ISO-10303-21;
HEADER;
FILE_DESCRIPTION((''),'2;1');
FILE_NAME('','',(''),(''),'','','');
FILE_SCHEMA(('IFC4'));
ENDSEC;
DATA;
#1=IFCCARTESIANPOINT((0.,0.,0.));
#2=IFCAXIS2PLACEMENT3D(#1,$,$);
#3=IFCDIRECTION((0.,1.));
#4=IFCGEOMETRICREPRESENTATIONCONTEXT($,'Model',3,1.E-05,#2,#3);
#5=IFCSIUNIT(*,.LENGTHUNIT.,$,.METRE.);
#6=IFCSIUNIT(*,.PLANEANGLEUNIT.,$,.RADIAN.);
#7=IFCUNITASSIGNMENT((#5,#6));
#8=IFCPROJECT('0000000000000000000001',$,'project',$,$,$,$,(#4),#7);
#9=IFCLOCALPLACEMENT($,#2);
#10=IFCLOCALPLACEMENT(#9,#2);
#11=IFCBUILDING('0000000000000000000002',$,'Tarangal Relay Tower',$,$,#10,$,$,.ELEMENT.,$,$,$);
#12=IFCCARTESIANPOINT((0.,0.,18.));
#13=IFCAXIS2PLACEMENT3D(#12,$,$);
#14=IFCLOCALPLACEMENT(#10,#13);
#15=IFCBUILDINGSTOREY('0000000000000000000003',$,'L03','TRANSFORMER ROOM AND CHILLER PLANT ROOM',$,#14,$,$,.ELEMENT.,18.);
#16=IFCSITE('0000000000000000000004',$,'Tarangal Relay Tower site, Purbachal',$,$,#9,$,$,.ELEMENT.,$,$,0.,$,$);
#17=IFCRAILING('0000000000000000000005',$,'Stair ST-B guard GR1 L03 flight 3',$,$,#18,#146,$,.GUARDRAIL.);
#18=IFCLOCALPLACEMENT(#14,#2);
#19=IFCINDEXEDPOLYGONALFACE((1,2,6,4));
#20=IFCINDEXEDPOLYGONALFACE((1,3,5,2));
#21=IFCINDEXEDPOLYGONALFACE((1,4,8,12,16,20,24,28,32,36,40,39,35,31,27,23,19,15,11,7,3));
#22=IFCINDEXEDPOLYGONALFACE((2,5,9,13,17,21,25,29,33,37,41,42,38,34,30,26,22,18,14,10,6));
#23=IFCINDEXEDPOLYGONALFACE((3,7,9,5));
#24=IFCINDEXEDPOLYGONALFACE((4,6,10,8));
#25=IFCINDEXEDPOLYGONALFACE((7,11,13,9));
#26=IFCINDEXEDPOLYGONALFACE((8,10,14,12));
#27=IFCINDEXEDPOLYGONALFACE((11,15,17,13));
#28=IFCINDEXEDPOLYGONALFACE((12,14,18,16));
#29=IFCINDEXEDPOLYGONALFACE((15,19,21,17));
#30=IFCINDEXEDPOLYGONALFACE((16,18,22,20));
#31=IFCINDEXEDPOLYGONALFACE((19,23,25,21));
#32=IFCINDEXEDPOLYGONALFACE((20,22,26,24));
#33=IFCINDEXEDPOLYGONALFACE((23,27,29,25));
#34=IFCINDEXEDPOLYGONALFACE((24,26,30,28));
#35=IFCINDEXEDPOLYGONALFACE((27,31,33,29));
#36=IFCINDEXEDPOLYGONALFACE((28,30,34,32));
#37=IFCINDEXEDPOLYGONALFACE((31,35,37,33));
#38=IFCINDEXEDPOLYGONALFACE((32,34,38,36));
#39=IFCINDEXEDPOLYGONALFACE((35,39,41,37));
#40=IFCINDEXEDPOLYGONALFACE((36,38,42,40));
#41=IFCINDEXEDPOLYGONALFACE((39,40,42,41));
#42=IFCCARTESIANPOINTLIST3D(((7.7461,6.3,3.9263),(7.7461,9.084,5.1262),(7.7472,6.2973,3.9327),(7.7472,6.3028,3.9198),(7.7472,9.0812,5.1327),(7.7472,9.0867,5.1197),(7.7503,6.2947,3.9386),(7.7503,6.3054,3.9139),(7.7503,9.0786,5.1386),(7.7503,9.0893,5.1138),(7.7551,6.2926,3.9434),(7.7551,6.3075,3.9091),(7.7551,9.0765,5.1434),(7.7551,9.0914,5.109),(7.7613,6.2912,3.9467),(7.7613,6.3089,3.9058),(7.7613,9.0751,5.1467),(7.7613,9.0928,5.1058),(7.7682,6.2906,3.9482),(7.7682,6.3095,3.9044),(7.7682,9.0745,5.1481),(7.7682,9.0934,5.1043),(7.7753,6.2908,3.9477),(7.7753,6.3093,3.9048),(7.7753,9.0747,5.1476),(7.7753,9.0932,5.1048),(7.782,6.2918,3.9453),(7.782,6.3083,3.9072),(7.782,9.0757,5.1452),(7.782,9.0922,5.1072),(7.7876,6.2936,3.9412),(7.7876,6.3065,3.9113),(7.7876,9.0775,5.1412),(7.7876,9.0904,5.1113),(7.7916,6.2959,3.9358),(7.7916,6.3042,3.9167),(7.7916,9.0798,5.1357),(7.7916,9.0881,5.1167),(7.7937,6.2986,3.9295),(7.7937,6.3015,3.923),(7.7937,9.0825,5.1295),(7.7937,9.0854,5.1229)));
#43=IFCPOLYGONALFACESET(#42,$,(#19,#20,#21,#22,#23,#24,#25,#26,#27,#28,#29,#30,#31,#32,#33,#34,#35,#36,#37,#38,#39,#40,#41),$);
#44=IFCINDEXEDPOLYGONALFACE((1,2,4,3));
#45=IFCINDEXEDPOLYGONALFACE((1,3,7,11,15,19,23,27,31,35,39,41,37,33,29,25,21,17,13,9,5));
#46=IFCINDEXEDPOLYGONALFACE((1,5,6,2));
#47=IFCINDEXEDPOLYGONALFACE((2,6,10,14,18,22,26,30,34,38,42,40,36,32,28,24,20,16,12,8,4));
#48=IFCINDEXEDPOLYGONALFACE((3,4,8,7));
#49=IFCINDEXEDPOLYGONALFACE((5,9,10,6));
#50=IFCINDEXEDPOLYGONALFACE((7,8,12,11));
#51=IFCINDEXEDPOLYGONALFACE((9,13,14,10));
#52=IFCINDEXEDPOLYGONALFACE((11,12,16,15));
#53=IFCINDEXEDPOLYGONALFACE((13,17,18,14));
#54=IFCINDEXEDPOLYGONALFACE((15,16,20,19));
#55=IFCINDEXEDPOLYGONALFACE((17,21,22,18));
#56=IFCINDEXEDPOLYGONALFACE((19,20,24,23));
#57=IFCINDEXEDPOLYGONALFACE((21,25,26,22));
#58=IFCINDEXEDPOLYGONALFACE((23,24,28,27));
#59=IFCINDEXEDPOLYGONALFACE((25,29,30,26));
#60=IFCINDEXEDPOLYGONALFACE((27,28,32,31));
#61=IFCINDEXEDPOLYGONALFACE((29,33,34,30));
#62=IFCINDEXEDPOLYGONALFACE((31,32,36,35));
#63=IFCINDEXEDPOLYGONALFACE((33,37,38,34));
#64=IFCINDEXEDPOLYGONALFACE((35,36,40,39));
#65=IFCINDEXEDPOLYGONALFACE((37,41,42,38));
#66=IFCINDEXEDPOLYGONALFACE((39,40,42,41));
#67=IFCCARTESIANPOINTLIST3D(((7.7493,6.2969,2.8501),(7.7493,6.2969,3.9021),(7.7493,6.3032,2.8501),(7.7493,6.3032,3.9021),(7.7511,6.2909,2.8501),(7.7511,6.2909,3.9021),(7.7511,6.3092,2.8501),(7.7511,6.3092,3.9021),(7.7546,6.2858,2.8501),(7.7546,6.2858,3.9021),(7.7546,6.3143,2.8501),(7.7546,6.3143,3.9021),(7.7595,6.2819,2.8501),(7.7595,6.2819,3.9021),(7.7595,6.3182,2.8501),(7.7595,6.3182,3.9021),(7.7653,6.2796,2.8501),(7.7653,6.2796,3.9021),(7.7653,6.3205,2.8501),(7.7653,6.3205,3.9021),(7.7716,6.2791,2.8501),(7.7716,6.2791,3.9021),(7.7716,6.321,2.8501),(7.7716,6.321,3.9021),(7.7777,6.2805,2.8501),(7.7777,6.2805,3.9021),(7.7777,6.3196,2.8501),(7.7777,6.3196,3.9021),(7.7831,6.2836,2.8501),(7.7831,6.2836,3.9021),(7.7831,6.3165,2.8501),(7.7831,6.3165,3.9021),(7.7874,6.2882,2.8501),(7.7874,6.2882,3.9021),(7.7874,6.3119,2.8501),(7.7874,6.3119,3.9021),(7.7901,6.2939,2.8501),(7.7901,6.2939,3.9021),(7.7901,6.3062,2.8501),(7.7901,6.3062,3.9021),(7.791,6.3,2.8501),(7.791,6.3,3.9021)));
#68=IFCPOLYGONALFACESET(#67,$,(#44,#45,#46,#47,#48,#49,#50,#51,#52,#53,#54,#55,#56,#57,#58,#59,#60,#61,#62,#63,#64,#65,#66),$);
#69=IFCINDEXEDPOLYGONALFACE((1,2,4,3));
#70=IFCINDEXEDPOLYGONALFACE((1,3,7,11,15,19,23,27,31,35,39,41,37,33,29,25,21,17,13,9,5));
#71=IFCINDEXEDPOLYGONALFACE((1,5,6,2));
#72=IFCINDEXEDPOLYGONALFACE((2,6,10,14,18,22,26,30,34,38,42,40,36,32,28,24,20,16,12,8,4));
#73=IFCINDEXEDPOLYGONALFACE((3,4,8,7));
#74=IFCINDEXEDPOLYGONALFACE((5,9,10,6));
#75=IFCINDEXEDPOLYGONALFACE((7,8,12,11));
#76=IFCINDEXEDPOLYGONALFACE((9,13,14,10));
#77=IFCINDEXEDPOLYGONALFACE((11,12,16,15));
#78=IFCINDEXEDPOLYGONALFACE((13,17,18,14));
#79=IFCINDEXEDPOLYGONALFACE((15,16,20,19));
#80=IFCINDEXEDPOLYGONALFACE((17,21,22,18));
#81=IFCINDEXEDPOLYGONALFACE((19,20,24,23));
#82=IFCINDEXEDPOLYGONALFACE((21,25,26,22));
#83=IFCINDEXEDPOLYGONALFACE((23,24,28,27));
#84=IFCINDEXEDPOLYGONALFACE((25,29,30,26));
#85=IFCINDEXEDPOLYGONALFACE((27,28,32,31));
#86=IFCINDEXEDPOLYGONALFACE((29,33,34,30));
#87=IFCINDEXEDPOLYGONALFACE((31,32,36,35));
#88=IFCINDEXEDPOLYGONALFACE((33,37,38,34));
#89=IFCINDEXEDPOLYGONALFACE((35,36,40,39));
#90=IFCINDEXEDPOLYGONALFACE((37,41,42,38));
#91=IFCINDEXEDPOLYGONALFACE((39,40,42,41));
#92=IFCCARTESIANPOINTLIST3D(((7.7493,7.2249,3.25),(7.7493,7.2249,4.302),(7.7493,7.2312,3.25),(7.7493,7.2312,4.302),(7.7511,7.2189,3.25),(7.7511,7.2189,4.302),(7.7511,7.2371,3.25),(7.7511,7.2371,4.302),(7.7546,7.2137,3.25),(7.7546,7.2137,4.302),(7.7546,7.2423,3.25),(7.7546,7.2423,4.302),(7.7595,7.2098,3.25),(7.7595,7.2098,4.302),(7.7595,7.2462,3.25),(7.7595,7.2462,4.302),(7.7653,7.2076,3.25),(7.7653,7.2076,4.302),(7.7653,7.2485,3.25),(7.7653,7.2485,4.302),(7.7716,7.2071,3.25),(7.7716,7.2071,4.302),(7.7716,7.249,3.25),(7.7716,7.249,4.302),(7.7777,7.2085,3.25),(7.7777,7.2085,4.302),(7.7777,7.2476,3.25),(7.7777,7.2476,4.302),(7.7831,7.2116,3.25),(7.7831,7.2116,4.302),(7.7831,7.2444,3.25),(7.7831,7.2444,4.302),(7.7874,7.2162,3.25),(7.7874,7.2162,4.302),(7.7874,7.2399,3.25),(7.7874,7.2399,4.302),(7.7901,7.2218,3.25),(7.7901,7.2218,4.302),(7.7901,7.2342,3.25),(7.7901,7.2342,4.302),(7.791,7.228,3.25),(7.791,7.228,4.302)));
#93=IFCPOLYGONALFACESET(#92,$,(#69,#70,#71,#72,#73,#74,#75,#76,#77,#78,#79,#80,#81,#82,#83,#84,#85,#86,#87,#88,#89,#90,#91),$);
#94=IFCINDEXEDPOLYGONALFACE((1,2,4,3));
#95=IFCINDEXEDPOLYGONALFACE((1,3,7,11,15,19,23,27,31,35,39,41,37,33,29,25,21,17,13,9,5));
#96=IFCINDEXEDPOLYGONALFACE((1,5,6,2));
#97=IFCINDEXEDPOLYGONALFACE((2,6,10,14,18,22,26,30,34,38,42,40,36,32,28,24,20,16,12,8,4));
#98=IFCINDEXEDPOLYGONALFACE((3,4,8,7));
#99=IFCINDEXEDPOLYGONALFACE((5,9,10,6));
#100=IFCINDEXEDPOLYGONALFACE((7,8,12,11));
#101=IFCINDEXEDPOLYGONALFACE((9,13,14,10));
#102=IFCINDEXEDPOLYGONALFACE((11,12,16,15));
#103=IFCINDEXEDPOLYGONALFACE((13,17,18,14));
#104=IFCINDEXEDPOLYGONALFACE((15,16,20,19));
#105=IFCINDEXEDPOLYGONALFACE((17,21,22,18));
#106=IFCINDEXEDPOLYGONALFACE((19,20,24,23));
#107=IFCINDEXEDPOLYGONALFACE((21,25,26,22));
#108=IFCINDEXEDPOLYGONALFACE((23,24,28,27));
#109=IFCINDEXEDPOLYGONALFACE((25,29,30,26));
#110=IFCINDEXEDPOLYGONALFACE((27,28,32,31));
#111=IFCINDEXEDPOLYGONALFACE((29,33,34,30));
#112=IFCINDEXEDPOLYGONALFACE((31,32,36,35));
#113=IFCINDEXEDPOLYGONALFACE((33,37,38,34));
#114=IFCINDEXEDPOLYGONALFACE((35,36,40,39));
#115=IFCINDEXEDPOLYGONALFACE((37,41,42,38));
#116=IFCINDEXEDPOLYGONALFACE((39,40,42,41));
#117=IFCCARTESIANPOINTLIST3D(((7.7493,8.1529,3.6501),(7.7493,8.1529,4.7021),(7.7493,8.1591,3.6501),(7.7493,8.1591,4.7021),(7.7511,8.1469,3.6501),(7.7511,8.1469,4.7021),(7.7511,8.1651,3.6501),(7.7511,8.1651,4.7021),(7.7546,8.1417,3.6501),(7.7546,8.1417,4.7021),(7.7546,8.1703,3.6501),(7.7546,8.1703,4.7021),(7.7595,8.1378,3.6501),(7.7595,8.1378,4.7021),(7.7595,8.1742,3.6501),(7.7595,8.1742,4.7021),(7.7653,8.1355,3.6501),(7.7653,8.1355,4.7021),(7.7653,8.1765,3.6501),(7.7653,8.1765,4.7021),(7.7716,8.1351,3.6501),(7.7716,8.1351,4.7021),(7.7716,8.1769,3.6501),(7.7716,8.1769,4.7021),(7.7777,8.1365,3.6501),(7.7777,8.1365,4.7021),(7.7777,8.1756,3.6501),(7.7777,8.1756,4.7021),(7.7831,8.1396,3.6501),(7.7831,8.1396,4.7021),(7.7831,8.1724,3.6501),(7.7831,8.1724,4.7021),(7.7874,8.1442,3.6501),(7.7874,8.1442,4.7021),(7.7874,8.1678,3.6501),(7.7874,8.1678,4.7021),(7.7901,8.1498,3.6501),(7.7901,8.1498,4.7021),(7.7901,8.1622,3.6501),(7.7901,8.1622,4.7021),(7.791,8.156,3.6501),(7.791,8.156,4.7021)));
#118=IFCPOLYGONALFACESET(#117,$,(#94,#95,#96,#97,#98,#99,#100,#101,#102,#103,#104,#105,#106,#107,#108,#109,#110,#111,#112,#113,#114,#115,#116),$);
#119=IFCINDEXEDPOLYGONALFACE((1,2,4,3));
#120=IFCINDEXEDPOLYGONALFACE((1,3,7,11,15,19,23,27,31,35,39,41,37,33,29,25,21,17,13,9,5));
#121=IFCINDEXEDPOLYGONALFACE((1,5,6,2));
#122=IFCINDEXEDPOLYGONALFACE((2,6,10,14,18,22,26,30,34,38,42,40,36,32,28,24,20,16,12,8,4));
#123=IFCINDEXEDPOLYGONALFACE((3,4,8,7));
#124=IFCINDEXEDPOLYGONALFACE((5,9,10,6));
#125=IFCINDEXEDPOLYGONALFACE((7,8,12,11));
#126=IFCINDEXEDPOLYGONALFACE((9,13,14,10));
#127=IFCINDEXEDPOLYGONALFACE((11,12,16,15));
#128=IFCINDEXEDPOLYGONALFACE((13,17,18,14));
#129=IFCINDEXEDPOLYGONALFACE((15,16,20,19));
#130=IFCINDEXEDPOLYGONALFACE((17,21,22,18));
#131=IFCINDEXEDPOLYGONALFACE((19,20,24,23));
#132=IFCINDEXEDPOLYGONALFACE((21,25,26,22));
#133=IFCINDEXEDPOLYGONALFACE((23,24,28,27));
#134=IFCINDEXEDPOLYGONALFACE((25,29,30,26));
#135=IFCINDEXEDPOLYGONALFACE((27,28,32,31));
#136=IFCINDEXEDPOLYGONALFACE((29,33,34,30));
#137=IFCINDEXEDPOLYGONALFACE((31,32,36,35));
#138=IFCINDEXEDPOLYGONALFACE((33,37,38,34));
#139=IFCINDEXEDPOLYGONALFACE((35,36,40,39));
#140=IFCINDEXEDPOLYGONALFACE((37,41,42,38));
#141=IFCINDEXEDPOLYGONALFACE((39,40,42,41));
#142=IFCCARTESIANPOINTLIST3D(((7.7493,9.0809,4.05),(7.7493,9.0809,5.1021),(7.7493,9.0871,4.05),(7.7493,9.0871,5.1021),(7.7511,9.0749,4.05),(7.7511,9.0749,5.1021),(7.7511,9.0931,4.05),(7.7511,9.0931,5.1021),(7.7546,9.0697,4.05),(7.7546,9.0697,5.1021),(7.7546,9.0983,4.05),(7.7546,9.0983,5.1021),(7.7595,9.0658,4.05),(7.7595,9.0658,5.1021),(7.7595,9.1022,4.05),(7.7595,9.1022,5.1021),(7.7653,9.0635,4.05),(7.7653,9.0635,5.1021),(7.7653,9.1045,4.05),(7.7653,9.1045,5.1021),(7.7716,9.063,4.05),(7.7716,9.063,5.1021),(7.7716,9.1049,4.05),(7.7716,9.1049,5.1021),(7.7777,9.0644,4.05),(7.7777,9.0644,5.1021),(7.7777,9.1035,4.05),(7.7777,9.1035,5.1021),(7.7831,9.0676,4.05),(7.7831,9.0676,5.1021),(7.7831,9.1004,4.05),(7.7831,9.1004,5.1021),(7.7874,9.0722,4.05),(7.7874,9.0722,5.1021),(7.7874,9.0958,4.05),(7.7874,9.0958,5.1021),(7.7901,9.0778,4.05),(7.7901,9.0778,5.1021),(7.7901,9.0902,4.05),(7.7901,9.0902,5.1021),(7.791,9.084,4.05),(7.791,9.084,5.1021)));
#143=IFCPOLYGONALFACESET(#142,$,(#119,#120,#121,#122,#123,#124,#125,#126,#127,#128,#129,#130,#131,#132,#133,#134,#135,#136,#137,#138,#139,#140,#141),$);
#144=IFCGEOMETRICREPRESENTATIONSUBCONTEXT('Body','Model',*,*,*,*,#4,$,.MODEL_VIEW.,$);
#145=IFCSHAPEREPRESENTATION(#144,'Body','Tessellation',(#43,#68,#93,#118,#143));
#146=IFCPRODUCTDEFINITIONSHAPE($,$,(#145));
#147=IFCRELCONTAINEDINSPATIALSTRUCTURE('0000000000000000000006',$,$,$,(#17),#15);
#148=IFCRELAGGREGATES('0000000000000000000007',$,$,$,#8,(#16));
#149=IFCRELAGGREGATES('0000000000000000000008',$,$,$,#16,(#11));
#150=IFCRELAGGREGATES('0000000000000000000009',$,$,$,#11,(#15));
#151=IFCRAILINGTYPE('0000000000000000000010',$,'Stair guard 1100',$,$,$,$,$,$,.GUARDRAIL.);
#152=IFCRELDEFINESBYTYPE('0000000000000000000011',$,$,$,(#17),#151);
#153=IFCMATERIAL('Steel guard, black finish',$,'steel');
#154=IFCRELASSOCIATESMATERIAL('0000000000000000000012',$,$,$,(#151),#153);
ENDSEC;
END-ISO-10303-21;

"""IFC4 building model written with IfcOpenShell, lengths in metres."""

from ifc_helpers import new_model, si_unit, direction, frame, origin, origin_2d, place, context, subcontext, project, spatial, circle, extrude, material, type_object, element, save


model = new_model("IFC4")

# Units and contexts
model_context = context("Model", 3, precision=1e-05, world=origin(), true_north=direction((0.0, 1.0)))
body_context = subcontext(model_context, "Body", "Model", "MODEL_VIEW")
ifc_project = project(units=[si_unit("LENGTHUNIT", "METRE"), si_unit("PLANEANGLEUNIT", "RADIAN")], contexts=[model_context])

# Site, building, storey
site_placement = place(None, origin())
site = spatial("IfcSite", under=ifc_project, at=site_placement, Name="Tarangal Relay Tower site, Purbachal", CompositionType="ELEMENT", RefElevation=0.0)
building_placement = place(site_placement, origin())
building = spatial("IfcBuilding", under=site, at=building_placement, Name="Tarangal Relay Tower", CompositionType="ELEMENT")
storey_placement = place(building_placement, frame((0.0, 0.0, 18.0)))
storey = spatial("IfcBuildingStorey", under=building, at=storey_placement, Name="L03", Description="TRANSFORMER ROOM AND CHILLER PLANT ROOM", CompositionType="ELEMENT", Elevation=18.0)

# Railing
ifc_material_1 = material(Name="Steel guard, black finish", Category="steel")
railing_type_1 = type_object("IfcRailingType", Name="Stair guard 1100", PredefinedType="GUARDRAIL", material=ifc_material_1)
railing_1_placement = place(storey_placement, frame((7.77, 6.3, 2.8501)))
element("IfcRailing", 1, at=railing_1_placement, inside=storey, type_object=railing_type_1, Name="Stair ST-B guard GR1 L03 flight 3", PredefinedType="GUARDRAIL", context=body_context, shape_type="SweptSolid", body=[
    extrude(circle(Radius=0.0239, at=origin_2d()), frame((0.0, 0.0, 1.0762), z_axis=(0.0, 0.918327, 0.395823), x_axis=(-1.0, 0.0, 0.0)), (0.0, 0.0, 1.0), 3.0315),
    extrude(circle(Radius=0.021, at=origin_2d()), origin(), (0.0, 0.0, 1.0), 1.052),
    extrude(circle(Radius=0.021, at=origin_2d()), frame((0.0, 0.928, 0.3999)), (0.0, 0.0, 1.0), 1.052),
    extrude(circle(Radius=0.021, at=origin_2d()), frame((0.0, 1.856, 0.8)), (0.0, 0.0, 1.0), 1.052),
    extrude(circle(Radius=0.021, at=origin_2d()), frame((0.0, 2.7839, 1.2)), (0.0, 0.0, 1.0), 1.052),
])

save(model, "model.ifc")
